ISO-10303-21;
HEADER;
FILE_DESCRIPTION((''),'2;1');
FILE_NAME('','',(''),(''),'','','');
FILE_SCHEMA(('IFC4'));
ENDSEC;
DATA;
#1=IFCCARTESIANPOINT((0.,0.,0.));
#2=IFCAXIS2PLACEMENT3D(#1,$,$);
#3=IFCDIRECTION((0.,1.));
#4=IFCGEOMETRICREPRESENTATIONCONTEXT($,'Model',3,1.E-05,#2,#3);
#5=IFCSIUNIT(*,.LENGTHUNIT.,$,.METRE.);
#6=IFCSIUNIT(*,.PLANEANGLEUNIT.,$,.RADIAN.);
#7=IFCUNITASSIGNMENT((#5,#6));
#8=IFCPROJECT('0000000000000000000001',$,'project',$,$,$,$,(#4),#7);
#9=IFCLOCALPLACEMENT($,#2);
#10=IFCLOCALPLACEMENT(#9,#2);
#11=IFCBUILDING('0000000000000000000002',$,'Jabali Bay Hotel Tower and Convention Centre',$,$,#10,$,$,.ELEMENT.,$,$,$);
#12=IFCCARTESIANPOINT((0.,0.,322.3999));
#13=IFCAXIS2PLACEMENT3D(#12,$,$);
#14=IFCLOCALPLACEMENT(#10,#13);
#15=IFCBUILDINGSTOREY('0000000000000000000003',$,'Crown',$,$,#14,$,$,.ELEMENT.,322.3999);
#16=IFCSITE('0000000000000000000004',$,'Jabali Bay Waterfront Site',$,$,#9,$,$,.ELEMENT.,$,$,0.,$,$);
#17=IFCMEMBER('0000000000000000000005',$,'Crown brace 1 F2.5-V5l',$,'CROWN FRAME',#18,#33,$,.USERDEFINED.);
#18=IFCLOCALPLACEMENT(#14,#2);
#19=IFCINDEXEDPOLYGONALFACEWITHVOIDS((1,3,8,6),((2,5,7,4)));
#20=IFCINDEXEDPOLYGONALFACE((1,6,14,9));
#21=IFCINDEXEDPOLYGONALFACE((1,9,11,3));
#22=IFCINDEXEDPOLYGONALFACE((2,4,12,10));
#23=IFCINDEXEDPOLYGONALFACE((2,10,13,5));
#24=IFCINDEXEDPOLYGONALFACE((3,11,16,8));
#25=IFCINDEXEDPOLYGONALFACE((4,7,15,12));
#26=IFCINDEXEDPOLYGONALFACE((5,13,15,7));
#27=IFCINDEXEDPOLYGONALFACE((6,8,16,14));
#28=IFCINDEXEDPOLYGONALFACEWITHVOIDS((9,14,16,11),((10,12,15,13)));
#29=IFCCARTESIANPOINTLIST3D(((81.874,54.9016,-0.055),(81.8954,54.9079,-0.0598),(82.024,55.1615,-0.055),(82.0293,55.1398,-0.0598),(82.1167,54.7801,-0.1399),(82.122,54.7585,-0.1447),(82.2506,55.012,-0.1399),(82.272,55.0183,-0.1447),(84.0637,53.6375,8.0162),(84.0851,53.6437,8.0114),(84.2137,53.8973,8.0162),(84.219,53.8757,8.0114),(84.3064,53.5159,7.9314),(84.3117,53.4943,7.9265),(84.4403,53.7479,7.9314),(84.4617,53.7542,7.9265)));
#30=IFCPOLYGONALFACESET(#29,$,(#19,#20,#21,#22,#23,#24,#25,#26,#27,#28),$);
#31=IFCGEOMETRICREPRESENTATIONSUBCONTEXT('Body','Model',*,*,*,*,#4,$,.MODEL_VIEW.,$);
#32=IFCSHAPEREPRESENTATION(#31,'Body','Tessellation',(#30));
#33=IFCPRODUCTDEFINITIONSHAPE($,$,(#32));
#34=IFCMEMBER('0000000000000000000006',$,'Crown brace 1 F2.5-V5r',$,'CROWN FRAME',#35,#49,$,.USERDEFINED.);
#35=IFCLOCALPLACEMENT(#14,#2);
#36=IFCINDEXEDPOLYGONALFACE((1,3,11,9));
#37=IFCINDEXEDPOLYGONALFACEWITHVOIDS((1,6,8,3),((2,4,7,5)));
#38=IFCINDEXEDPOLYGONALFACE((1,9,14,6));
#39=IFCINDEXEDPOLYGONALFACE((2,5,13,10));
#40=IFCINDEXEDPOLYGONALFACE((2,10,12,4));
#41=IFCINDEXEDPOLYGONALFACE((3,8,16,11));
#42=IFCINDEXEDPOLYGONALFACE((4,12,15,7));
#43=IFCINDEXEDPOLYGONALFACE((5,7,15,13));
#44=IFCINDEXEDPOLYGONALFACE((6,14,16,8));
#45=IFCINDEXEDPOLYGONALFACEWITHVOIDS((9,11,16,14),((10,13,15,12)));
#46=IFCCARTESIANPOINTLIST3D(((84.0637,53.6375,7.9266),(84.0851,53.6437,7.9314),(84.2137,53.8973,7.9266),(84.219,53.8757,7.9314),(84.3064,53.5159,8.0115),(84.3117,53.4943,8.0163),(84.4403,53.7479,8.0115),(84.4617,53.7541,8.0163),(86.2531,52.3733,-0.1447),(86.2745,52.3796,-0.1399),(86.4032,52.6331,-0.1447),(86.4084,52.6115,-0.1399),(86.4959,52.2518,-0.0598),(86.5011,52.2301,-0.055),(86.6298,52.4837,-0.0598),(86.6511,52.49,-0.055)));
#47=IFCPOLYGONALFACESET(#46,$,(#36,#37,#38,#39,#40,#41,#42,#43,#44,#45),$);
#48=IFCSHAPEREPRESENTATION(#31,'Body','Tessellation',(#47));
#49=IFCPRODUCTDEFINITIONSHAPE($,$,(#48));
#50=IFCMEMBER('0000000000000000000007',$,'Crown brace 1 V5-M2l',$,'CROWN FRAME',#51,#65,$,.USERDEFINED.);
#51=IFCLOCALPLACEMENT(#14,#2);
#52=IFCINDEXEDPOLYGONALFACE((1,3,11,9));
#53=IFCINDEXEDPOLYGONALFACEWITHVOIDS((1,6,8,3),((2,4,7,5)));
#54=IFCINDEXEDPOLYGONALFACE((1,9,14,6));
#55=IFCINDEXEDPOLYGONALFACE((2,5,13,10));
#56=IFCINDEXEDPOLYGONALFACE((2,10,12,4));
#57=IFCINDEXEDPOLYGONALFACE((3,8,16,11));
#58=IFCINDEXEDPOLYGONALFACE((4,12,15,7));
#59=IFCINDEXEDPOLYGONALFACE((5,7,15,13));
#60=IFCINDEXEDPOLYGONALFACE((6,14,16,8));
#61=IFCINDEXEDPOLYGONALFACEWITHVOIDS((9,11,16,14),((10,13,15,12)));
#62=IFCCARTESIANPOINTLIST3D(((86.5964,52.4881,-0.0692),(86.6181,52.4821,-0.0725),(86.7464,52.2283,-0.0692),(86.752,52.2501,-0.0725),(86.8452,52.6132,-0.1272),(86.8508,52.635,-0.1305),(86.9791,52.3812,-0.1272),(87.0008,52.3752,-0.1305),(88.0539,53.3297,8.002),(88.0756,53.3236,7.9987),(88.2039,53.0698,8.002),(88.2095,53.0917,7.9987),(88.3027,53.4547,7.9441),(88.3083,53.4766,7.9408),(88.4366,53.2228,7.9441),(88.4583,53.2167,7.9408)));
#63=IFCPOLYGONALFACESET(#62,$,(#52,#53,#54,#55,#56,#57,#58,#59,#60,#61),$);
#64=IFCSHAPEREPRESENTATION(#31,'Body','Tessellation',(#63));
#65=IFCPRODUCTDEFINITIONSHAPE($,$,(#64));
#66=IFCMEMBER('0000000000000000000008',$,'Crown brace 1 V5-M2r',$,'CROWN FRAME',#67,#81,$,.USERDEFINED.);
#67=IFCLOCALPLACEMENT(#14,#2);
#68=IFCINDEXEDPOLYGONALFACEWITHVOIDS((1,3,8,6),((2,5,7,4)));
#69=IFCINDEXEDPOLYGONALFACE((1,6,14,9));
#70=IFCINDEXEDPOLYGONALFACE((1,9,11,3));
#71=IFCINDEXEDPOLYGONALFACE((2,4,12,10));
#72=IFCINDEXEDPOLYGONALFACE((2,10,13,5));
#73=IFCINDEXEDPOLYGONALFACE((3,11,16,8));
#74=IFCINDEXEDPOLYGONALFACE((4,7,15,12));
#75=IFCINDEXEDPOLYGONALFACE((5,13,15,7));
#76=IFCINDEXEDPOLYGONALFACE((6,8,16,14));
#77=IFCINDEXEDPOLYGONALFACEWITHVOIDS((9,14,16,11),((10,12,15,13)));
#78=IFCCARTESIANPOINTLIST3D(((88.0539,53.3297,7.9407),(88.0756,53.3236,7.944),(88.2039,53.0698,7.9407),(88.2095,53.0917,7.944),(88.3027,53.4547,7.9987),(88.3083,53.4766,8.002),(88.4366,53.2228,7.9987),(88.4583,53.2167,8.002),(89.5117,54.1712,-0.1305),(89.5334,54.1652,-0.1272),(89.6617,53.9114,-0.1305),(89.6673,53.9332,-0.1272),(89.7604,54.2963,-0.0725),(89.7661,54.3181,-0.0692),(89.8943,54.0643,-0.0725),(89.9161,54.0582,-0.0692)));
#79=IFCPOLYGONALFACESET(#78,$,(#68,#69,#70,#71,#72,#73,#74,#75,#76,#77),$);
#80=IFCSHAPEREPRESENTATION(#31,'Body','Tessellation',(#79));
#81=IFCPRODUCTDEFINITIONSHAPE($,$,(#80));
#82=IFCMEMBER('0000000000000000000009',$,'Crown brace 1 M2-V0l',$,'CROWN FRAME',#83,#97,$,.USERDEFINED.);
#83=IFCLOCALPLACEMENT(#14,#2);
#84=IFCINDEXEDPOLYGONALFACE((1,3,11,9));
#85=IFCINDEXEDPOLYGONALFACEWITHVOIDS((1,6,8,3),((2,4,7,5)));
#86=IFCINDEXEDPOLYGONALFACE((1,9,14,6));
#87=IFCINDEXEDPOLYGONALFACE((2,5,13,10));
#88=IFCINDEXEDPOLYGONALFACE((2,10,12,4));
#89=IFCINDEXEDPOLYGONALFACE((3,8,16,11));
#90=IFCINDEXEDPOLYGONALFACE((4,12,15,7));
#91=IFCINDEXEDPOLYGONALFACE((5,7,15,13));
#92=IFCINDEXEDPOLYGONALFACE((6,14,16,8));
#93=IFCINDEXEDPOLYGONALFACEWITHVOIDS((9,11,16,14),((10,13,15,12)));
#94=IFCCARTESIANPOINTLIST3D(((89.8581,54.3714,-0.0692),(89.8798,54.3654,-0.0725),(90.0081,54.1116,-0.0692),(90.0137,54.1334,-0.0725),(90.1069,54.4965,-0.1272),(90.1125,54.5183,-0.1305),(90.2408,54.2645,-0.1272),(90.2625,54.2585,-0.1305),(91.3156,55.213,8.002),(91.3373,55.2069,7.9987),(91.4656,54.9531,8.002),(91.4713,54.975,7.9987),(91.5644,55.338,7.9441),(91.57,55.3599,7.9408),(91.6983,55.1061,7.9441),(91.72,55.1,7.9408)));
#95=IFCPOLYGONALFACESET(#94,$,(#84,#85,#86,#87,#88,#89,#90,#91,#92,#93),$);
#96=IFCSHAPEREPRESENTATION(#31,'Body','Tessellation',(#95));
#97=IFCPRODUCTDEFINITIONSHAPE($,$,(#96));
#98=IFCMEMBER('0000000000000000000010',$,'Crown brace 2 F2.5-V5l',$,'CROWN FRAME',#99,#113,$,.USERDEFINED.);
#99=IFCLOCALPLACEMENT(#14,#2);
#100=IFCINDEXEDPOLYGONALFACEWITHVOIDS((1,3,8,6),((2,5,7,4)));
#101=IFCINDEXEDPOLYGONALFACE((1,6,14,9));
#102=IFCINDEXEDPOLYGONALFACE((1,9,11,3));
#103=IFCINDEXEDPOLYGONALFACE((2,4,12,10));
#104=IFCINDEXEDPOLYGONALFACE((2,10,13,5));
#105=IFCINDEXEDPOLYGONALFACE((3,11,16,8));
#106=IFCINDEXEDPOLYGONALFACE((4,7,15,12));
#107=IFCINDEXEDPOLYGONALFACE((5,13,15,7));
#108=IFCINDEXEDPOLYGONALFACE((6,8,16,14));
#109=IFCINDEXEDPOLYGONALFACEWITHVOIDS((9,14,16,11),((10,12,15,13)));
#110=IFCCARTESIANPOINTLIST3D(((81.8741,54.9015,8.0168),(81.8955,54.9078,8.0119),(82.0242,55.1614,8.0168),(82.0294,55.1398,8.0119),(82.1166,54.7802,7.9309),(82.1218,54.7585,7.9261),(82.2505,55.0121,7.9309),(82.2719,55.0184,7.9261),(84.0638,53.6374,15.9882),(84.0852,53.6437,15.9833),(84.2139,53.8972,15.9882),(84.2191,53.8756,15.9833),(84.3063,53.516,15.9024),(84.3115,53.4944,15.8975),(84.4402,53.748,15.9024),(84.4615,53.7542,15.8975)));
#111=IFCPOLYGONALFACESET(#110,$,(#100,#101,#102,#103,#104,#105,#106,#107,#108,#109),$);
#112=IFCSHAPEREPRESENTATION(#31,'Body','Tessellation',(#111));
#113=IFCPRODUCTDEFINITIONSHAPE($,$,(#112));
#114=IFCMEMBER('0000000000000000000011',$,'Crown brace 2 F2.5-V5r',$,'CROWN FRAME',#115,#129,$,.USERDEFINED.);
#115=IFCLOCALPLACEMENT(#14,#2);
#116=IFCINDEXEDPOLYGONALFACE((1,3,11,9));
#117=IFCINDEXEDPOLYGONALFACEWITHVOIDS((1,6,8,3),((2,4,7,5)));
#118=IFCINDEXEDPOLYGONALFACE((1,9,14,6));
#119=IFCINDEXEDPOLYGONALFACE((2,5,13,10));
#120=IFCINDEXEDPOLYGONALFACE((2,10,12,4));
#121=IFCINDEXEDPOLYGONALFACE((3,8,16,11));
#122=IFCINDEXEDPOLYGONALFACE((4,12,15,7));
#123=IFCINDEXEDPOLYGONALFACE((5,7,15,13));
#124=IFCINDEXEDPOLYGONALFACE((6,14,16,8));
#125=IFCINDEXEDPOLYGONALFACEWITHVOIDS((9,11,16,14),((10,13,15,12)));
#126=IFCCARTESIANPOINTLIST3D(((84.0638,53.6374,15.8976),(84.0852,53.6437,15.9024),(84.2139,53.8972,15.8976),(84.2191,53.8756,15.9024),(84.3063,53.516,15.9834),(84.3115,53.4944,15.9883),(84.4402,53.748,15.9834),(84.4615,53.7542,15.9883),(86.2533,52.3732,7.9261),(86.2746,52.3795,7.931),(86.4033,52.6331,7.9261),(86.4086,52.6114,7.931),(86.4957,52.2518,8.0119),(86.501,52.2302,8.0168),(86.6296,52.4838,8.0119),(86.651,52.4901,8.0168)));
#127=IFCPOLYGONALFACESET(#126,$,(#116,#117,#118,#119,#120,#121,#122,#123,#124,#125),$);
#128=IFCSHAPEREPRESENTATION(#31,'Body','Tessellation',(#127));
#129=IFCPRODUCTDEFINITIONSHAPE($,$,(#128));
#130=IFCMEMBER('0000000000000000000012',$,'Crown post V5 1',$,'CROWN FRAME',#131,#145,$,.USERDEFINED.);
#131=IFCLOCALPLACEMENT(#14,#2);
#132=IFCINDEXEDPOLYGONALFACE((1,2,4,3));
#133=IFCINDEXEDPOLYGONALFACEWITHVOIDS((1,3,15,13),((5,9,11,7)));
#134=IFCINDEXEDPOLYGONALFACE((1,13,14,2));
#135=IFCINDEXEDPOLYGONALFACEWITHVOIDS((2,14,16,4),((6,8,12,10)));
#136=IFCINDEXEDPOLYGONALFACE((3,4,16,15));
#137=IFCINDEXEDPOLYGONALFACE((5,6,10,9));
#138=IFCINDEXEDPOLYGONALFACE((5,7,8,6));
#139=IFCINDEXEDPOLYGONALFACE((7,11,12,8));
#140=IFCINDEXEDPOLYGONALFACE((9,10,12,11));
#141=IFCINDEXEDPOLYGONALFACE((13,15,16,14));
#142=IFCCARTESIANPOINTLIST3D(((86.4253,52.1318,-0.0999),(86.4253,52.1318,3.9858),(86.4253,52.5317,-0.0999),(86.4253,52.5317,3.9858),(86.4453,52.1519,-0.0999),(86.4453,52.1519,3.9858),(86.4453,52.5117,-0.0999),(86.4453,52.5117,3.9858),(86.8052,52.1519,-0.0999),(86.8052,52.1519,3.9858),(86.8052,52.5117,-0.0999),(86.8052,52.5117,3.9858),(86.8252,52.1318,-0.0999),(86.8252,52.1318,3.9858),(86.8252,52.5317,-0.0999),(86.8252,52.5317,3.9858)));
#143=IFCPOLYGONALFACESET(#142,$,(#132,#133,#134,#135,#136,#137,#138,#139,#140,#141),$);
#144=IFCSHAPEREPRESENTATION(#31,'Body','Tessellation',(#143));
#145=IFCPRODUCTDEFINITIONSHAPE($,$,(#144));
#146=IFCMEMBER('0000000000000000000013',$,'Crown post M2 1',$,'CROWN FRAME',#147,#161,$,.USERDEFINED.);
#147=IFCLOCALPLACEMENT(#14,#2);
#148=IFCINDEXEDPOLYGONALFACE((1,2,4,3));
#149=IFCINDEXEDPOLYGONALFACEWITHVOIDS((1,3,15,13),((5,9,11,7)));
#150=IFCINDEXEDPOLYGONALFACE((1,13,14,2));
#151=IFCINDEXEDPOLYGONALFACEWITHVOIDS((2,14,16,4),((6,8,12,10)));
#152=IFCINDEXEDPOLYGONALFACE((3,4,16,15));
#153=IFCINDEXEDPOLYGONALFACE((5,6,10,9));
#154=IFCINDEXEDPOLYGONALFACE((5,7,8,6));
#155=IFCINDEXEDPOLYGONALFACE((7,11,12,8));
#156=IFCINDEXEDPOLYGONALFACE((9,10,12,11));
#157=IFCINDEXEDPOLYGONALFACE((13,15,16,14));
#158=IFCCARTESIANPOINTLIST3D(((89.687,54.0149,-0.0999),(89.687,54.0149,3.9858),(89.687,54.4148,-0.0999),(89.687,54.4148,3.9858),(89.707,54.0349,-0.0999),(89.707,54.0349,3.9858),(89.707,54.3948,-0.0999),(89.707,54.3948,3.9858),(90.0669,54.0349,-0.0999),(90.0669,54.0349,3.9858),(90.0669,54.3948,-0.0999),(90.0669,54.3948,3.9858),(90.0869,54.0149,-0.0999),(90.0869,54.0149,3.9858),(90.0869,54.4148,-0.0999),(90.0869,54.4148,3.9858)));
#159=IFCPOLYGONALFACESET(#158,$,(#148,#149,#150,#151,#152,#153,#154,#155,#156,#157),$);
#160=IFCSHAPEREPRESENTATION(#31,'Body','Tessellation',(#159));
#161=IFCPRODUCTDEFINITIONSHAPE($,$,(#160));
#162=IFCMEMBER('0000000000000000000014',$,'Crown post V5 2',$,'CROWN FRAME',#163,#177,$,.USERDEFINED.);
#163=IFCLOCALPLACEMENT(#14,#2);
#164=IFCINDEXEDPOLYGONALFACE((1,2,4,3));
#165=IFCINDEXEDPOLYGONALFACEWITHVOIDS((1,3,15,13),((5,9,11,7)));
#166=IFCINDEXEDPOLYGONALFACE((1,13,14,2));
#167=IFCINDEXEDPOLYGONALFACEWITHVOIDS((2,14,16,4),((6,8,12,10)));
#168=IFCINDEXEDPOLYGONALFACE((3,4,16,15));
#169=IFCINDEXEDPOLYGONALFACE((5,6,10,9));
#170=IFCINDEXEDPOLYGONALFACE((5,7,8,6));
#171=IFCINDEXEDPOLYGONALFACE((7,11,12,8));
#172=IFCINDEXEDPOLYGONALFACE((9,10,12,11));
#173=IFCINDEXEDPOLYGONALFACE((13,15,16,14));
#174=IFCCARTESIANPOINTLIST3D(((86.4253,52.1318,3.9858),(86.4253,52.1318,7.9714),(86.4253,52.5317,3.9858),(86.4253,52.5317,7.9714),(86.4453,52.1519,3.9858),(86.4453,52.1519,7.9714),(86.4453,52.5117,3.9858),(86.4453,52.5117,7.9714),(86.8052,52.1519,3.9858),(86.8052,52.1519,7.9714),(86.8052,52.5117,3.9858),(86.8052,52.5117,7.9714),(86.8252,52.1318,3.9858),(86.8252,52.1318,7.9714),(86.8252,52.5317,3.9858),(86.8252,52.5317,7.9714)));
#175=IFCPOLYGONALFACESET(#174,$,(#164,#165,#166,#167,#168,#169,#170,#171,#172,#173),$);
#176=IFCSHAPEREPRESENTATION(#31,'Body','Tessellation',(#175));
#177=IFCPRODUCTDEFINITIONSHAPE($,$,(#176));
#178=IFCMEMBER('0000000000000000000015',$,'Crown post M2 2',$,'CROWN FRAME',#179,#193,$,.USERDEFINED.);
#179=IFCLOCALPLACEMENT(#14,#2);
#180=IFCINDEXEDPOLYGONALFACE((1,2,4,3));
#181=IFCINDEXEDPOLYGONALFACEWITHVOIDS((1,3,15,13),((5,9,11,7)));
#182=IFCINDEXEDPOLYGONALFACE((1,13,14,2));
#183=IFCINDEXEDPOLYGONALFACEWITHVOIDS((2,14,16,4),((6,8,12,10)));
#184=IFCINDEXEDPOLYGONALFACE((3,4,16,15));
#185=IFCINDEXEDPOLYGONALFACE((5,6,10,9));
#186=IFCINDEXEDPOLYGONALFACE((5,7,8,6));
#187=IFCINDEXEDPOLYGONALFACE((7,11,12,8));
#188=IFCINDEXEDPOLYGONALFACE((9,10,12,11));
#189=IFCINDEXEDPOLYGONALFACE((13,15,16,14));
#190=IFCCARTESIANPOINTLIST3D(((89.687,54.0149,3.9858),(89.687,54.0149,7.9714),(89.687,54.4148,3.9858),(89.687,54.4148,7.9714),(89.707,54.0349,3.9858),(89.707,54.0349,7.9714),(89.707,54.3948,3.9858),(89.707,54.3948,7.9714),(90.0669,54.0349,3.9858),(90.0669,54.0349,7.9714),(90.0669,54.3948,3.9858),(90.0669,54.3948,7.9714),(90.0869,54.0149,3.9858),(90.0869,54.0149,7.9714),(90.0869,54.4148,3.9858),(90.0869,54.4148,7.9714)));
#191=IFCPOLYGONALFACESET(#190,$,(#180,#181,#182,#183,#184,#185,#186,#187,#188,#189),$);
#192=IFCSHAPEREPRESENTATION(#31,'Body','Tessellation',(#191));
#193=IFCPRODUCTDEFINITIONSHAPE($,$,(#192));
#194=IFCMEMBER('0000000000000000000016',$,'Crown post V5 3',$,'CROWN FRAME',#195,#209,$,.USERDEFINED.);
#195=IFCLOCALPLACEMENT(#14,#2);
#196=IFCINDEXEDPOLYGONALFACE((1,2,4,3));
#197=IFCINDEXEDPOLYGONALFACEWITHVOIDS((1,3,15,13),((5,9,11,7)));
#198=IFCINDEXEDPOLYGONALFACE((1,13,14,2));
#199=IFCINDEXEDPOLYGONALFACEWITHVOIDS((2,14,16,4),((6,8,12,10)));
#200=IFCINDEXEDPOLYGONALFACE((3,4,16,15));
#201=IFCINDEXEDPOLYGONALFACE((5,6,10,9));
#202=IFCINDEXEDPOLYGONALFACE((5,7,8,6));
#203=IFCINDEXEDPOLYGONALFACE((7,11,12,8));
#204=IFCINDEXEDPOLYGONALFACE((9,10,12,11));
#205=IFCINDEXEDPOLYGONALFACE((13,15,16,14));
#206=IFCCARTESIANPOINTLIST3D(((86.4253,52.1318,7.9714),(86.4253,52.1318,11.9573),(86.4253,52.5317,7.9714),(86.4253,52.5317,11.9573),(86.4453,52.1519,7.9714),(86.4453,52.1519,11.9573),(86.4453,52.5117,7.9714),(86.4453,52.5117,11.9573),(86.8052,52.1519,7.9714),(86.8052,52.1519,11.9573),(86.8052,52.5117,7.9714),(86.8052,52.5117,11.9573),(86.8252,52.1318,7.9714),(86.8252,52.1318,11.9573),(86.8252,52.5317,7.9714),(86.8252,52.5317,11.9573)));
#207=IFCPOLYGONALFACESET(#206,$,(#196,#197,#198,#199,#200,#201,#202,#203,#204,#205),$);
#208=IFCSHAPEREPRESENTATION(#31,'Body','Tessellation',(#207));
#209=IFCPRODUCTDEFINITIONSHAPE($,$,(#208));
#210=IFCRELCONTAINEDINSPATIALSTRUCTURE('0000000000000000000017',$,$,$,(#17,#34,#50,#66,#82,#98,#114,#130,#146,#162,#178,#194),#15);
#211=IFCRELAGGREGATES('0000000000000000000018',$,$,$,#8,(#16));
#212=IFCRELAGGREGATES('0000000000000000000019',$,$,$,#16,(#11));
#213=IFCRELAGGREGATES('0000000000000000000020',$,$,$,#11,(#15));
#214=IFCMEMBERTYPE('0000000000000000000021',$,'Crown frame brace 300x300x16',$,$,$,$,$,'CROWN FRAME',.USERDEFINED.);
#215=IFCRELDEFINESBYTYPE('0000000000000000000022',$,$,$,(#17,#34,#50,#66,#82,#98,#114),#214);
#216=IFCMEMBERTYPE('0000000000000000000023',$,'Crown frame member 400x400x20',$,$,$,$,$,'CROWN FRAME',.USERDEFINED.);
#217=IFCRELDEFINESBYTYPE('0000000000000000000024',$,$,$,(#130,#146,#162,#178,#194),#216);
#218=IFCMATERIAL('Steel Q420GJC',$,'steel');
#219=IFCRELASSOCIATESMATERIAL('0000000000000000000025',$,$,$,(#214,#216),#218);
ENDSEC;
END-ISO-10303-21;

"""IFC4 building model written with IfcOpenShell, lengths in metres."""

from ifc_helpers import new_model, si_unit, direction, frame, origin, origin_2d, place, context, subcontext, project, spatial, hollow_rectangle, extrude, material, material_profile, profile_set, type_object, element, save


model = new_model("IFC4")

# Units and contexts
model_context = context("Model", 3, precision=1e-05, world=origin(), true_north=direction((0.0, 1.0)))
body_context = subcontext(model_context, "Body", "Model", "MODEL_VIEW")
ifc_project = project(units=[si_unit("LENGTHUNIT", "METRE"), si_unit("PLANEANGLEUNIT", "RADIAN")], contexts=[model_context])

# Site, building, storey
site_placement = place(None, origin())
site = spatial("IfcSite", under=ifc_project, at=site_placement, Name="Jabali Bay Waterfront Site", CompositionType="ELEMENT", RefElevation=0.0)
building_placement = place(site_placement, origin())
building = spatial("IfcBuilding", under=site, at=building_placement, Name="Jabali Bay Hotel Tower and Convention Centre", CompositionType="ELEMENT")
storey_placement = place(building_placement, frame((0.0, 0.0, 322.3999)))
storey = spatial("IfcBuildingStorey", under=building, at=storey_placement, Name="Crown", CompositionType="ELEMENT", Elevation=322.3999)

# Members
ifc_material_1 = material(Name="Steel Q420GJC", Category="steel")
ifc_material_profile_1 = material_profile(ifc_material_1, hollow_rectangle(XDim=0.3, YDim=0.3, WallThickness=0.0161, at=origin_2d()), Name="Crown frame brace 300x300x16")
ifc_profile_set_1 = profile_set([ifc_material_profile_1], Name="Steel Q420GJC")
member_type_1 = type_object("IfcMemberType", Name="Crown frame brace 300x300x16", ElementType="CROWN FRAME", PredefinedType="USERDEFINED", material=ifc_profile_set_1)
for number, where, z_axis, x_axis, name in (
    (1, (82.073, 54.96, -0.0999), (0.258889, -0.149462, 0.954273), (0.499982, 0.866036, 0.0), "Crown brace 1 F2.5-V5l"),
    (2, (86.4521, 52.4316, -0.0999), (-0.258862, 0.149464, 0.95428), (-0.500023, -0.866012, 0.0), "Crown brace 1 F2.5-V5r"),
):
    element("IfcMember", number, at=place(storey_placement, frame(where, z_axis=z_axis, x_axis=x_axis)), inside=storey, type_object=member_type_1, Name=name, ObjectType="CROWN FRAME", PredefinedType="USERDEFINED", context=body_context, shape_type="SweptSolid", body=[
        extrude(hollow_rectangle(XDim=0.3, YDim=0.3, WallThickness=0.0161, at=origin_2d()), origin(), (0.0, 0.0, 1.0), 8.458),
    ])
for number, where, z_axis, x_axis, name in (
    (3, (86.7986, 52.4316, -0.0999), (0.176778, 0.10207, 0.978944), (-0.500024, 0.866012, 0.0), "Crown brace 1 V5-M2l"),
    (4, (89.7139, 54.1147, -0.0999), (-0.176807, -0.102069, 0.978939), (0.499961, -0.866048, 0.0), "Crown brace 1 V5-M2r"),
    (5, (90.0603, 54.3149, -0.0999), (0.176778, 0.10207, 0.978944), (-0.500024, 0.866012, 0.0), "Crown brace 1 M2-V0l"),
):
    element("IfcMember", number, at=place(storey_placement, frame(where, z_axis=z_axis, x_axis=x_axis)), inside=storey, type_object=member_type_1, Name=name, ObjectType="CROWN FRAME", PredefinedType="USERDEFINED", context=body_context, shape_type="SweptSolid", body=[
        extrude(hollow_rectangle(XDim=0.3, YDim=0.3, WallThickness=0.0161, at=origin_2d()), origin(), (0.0, 0.0, 1.0), 8.2449),
    ])
for number, where, z_axis, x_axis, name in (
    (6, (82.073, 54.96, 7.9714), (0.261837, -0.151164, 0.9532), (0.499982, 0.866036, 0.0), "Crown brace 2 F2.5-V5l"),
    (7, (86.4521, 52.4316, 7.9714), (-0.26181, 0.151166, 0.953207), (-0.500023, -0.866012, 0.0), "Crown brace 2 F2.5-V5r"),
):
    element("IfcMember", number, at=place(storey_placement, frame(where, z_axis=z_axis, x_axis=x_axis)), inside=storey, type_object=member_type_1, Name=name, ObjectType="CROWN FRAME", PredefinedType="USERDEFINED", context=body_context, shape_type="SweptSolid", body=[
        extrude(hollow_rectangle(XDim=0.3, YDim=0.3, WallThickness=0.0161, at=origin_2d()), origin(), (0.0, 0.0, 1.0), 8.3628),
    ])
ifc_material_profile_2 = material_profile(ifc_material_1, hollow_rectangle(XDim=0.3999, YDim=0.3999, WallThickness=0.02, at=origin_2d()), Name="Crown frame member 400x400x20")
ifc_profile_set_2 = profile_set([ifc_material_profile_2], Name="Steel Q420GJC")
member_type_2 = type_object("IfcMemberType", Name="Crown frame member 400x400x20", ElementType="CROWN FRAME", PredefinedType="USERDEFINED", material=ifc_profile_set_2)
for number, where, z_axis, x_axis, name in (
    (8, (86.6252, 52.3318, -0.0999), (0.0, 0.0, 1.0), (1.0, 0.0, 0.0), "Crown post V5 1"),
    (9, (89.887, 54.2148, -0.0999), (0.0, 0.0, 1.0), (1.0, 0.0, 0.0), "Crown post M2 1"),
):
    element("IfcMember", number, at=place(storey_placement, frame(where, z_axis=z_axis, x_axis=x_axis)), inside=storey, type_object=member_type_2, Name=name, ObjectType="CROWN FRAME", PredefinedType="USERDEFINED", context=body_context, shape_type="SweptSolid", body=[
        extrude(hollow_rectangle(XDim=0.3999, YDim=0.3999, WallThickness=0.02, at=origin_2d()), origin(), (0.0, 0.0, 1.0), 4.0857),
    ])
for number, where, z_axis, x_axis, name in (
    (10, (86.6252, 52.3318, 3.9858), (0.0, 0.0, 1.0), (1.0, 0.0, 0.0), "Crown post V5 2"),
    (11, (89.887, 54.2148, 3.9858), (0.0, 0.0, 1.0), (1.0, 0.0, 0.0), "Crown post M2 2"),
):
    element("IfcMember", number, at=place(storey_placement, frame(where, z_axis=z_axis, x_axis=x_axis)), inside=storey, type_object=member_type_2, Name=name, ObjectType="CROWN FRAME", PredefinedType="USERDEFINED", context=body_context, shape_type="SweptSolid", body=[
        extrude(hollow_rectangle(XDim=0.3999, YDim=0.3999, WallThickness=0.02, at=origin_2d()), origin(), (0.0, 0.0, 1.0), 3.9856),
    ])
member_1_placement = place(storey_placement, frame((86.6252, 52.3318, 7.9714), z_axis=(0.0, 0.0, 1.0), x_axis=(1.0, 0.0, 0.0)))
element("IfcMember", 12, at=member_1_placement, inside=storey, type_object=member_type_2, Name="Crown post V5 3", ObjectType="CROWN FRAME", PredefinedType="USERDEFINED", context=body_context, shape_type="SweptSolid", body=[
    extrude(hollow_rectangle(XDim=0.3999, YDim=0.3999, WallThickness=0.02, at=origin_2d()), origin(), (0.0, 0.0, 1.0), 3.9858),
])

save(model, "model.ifc")
